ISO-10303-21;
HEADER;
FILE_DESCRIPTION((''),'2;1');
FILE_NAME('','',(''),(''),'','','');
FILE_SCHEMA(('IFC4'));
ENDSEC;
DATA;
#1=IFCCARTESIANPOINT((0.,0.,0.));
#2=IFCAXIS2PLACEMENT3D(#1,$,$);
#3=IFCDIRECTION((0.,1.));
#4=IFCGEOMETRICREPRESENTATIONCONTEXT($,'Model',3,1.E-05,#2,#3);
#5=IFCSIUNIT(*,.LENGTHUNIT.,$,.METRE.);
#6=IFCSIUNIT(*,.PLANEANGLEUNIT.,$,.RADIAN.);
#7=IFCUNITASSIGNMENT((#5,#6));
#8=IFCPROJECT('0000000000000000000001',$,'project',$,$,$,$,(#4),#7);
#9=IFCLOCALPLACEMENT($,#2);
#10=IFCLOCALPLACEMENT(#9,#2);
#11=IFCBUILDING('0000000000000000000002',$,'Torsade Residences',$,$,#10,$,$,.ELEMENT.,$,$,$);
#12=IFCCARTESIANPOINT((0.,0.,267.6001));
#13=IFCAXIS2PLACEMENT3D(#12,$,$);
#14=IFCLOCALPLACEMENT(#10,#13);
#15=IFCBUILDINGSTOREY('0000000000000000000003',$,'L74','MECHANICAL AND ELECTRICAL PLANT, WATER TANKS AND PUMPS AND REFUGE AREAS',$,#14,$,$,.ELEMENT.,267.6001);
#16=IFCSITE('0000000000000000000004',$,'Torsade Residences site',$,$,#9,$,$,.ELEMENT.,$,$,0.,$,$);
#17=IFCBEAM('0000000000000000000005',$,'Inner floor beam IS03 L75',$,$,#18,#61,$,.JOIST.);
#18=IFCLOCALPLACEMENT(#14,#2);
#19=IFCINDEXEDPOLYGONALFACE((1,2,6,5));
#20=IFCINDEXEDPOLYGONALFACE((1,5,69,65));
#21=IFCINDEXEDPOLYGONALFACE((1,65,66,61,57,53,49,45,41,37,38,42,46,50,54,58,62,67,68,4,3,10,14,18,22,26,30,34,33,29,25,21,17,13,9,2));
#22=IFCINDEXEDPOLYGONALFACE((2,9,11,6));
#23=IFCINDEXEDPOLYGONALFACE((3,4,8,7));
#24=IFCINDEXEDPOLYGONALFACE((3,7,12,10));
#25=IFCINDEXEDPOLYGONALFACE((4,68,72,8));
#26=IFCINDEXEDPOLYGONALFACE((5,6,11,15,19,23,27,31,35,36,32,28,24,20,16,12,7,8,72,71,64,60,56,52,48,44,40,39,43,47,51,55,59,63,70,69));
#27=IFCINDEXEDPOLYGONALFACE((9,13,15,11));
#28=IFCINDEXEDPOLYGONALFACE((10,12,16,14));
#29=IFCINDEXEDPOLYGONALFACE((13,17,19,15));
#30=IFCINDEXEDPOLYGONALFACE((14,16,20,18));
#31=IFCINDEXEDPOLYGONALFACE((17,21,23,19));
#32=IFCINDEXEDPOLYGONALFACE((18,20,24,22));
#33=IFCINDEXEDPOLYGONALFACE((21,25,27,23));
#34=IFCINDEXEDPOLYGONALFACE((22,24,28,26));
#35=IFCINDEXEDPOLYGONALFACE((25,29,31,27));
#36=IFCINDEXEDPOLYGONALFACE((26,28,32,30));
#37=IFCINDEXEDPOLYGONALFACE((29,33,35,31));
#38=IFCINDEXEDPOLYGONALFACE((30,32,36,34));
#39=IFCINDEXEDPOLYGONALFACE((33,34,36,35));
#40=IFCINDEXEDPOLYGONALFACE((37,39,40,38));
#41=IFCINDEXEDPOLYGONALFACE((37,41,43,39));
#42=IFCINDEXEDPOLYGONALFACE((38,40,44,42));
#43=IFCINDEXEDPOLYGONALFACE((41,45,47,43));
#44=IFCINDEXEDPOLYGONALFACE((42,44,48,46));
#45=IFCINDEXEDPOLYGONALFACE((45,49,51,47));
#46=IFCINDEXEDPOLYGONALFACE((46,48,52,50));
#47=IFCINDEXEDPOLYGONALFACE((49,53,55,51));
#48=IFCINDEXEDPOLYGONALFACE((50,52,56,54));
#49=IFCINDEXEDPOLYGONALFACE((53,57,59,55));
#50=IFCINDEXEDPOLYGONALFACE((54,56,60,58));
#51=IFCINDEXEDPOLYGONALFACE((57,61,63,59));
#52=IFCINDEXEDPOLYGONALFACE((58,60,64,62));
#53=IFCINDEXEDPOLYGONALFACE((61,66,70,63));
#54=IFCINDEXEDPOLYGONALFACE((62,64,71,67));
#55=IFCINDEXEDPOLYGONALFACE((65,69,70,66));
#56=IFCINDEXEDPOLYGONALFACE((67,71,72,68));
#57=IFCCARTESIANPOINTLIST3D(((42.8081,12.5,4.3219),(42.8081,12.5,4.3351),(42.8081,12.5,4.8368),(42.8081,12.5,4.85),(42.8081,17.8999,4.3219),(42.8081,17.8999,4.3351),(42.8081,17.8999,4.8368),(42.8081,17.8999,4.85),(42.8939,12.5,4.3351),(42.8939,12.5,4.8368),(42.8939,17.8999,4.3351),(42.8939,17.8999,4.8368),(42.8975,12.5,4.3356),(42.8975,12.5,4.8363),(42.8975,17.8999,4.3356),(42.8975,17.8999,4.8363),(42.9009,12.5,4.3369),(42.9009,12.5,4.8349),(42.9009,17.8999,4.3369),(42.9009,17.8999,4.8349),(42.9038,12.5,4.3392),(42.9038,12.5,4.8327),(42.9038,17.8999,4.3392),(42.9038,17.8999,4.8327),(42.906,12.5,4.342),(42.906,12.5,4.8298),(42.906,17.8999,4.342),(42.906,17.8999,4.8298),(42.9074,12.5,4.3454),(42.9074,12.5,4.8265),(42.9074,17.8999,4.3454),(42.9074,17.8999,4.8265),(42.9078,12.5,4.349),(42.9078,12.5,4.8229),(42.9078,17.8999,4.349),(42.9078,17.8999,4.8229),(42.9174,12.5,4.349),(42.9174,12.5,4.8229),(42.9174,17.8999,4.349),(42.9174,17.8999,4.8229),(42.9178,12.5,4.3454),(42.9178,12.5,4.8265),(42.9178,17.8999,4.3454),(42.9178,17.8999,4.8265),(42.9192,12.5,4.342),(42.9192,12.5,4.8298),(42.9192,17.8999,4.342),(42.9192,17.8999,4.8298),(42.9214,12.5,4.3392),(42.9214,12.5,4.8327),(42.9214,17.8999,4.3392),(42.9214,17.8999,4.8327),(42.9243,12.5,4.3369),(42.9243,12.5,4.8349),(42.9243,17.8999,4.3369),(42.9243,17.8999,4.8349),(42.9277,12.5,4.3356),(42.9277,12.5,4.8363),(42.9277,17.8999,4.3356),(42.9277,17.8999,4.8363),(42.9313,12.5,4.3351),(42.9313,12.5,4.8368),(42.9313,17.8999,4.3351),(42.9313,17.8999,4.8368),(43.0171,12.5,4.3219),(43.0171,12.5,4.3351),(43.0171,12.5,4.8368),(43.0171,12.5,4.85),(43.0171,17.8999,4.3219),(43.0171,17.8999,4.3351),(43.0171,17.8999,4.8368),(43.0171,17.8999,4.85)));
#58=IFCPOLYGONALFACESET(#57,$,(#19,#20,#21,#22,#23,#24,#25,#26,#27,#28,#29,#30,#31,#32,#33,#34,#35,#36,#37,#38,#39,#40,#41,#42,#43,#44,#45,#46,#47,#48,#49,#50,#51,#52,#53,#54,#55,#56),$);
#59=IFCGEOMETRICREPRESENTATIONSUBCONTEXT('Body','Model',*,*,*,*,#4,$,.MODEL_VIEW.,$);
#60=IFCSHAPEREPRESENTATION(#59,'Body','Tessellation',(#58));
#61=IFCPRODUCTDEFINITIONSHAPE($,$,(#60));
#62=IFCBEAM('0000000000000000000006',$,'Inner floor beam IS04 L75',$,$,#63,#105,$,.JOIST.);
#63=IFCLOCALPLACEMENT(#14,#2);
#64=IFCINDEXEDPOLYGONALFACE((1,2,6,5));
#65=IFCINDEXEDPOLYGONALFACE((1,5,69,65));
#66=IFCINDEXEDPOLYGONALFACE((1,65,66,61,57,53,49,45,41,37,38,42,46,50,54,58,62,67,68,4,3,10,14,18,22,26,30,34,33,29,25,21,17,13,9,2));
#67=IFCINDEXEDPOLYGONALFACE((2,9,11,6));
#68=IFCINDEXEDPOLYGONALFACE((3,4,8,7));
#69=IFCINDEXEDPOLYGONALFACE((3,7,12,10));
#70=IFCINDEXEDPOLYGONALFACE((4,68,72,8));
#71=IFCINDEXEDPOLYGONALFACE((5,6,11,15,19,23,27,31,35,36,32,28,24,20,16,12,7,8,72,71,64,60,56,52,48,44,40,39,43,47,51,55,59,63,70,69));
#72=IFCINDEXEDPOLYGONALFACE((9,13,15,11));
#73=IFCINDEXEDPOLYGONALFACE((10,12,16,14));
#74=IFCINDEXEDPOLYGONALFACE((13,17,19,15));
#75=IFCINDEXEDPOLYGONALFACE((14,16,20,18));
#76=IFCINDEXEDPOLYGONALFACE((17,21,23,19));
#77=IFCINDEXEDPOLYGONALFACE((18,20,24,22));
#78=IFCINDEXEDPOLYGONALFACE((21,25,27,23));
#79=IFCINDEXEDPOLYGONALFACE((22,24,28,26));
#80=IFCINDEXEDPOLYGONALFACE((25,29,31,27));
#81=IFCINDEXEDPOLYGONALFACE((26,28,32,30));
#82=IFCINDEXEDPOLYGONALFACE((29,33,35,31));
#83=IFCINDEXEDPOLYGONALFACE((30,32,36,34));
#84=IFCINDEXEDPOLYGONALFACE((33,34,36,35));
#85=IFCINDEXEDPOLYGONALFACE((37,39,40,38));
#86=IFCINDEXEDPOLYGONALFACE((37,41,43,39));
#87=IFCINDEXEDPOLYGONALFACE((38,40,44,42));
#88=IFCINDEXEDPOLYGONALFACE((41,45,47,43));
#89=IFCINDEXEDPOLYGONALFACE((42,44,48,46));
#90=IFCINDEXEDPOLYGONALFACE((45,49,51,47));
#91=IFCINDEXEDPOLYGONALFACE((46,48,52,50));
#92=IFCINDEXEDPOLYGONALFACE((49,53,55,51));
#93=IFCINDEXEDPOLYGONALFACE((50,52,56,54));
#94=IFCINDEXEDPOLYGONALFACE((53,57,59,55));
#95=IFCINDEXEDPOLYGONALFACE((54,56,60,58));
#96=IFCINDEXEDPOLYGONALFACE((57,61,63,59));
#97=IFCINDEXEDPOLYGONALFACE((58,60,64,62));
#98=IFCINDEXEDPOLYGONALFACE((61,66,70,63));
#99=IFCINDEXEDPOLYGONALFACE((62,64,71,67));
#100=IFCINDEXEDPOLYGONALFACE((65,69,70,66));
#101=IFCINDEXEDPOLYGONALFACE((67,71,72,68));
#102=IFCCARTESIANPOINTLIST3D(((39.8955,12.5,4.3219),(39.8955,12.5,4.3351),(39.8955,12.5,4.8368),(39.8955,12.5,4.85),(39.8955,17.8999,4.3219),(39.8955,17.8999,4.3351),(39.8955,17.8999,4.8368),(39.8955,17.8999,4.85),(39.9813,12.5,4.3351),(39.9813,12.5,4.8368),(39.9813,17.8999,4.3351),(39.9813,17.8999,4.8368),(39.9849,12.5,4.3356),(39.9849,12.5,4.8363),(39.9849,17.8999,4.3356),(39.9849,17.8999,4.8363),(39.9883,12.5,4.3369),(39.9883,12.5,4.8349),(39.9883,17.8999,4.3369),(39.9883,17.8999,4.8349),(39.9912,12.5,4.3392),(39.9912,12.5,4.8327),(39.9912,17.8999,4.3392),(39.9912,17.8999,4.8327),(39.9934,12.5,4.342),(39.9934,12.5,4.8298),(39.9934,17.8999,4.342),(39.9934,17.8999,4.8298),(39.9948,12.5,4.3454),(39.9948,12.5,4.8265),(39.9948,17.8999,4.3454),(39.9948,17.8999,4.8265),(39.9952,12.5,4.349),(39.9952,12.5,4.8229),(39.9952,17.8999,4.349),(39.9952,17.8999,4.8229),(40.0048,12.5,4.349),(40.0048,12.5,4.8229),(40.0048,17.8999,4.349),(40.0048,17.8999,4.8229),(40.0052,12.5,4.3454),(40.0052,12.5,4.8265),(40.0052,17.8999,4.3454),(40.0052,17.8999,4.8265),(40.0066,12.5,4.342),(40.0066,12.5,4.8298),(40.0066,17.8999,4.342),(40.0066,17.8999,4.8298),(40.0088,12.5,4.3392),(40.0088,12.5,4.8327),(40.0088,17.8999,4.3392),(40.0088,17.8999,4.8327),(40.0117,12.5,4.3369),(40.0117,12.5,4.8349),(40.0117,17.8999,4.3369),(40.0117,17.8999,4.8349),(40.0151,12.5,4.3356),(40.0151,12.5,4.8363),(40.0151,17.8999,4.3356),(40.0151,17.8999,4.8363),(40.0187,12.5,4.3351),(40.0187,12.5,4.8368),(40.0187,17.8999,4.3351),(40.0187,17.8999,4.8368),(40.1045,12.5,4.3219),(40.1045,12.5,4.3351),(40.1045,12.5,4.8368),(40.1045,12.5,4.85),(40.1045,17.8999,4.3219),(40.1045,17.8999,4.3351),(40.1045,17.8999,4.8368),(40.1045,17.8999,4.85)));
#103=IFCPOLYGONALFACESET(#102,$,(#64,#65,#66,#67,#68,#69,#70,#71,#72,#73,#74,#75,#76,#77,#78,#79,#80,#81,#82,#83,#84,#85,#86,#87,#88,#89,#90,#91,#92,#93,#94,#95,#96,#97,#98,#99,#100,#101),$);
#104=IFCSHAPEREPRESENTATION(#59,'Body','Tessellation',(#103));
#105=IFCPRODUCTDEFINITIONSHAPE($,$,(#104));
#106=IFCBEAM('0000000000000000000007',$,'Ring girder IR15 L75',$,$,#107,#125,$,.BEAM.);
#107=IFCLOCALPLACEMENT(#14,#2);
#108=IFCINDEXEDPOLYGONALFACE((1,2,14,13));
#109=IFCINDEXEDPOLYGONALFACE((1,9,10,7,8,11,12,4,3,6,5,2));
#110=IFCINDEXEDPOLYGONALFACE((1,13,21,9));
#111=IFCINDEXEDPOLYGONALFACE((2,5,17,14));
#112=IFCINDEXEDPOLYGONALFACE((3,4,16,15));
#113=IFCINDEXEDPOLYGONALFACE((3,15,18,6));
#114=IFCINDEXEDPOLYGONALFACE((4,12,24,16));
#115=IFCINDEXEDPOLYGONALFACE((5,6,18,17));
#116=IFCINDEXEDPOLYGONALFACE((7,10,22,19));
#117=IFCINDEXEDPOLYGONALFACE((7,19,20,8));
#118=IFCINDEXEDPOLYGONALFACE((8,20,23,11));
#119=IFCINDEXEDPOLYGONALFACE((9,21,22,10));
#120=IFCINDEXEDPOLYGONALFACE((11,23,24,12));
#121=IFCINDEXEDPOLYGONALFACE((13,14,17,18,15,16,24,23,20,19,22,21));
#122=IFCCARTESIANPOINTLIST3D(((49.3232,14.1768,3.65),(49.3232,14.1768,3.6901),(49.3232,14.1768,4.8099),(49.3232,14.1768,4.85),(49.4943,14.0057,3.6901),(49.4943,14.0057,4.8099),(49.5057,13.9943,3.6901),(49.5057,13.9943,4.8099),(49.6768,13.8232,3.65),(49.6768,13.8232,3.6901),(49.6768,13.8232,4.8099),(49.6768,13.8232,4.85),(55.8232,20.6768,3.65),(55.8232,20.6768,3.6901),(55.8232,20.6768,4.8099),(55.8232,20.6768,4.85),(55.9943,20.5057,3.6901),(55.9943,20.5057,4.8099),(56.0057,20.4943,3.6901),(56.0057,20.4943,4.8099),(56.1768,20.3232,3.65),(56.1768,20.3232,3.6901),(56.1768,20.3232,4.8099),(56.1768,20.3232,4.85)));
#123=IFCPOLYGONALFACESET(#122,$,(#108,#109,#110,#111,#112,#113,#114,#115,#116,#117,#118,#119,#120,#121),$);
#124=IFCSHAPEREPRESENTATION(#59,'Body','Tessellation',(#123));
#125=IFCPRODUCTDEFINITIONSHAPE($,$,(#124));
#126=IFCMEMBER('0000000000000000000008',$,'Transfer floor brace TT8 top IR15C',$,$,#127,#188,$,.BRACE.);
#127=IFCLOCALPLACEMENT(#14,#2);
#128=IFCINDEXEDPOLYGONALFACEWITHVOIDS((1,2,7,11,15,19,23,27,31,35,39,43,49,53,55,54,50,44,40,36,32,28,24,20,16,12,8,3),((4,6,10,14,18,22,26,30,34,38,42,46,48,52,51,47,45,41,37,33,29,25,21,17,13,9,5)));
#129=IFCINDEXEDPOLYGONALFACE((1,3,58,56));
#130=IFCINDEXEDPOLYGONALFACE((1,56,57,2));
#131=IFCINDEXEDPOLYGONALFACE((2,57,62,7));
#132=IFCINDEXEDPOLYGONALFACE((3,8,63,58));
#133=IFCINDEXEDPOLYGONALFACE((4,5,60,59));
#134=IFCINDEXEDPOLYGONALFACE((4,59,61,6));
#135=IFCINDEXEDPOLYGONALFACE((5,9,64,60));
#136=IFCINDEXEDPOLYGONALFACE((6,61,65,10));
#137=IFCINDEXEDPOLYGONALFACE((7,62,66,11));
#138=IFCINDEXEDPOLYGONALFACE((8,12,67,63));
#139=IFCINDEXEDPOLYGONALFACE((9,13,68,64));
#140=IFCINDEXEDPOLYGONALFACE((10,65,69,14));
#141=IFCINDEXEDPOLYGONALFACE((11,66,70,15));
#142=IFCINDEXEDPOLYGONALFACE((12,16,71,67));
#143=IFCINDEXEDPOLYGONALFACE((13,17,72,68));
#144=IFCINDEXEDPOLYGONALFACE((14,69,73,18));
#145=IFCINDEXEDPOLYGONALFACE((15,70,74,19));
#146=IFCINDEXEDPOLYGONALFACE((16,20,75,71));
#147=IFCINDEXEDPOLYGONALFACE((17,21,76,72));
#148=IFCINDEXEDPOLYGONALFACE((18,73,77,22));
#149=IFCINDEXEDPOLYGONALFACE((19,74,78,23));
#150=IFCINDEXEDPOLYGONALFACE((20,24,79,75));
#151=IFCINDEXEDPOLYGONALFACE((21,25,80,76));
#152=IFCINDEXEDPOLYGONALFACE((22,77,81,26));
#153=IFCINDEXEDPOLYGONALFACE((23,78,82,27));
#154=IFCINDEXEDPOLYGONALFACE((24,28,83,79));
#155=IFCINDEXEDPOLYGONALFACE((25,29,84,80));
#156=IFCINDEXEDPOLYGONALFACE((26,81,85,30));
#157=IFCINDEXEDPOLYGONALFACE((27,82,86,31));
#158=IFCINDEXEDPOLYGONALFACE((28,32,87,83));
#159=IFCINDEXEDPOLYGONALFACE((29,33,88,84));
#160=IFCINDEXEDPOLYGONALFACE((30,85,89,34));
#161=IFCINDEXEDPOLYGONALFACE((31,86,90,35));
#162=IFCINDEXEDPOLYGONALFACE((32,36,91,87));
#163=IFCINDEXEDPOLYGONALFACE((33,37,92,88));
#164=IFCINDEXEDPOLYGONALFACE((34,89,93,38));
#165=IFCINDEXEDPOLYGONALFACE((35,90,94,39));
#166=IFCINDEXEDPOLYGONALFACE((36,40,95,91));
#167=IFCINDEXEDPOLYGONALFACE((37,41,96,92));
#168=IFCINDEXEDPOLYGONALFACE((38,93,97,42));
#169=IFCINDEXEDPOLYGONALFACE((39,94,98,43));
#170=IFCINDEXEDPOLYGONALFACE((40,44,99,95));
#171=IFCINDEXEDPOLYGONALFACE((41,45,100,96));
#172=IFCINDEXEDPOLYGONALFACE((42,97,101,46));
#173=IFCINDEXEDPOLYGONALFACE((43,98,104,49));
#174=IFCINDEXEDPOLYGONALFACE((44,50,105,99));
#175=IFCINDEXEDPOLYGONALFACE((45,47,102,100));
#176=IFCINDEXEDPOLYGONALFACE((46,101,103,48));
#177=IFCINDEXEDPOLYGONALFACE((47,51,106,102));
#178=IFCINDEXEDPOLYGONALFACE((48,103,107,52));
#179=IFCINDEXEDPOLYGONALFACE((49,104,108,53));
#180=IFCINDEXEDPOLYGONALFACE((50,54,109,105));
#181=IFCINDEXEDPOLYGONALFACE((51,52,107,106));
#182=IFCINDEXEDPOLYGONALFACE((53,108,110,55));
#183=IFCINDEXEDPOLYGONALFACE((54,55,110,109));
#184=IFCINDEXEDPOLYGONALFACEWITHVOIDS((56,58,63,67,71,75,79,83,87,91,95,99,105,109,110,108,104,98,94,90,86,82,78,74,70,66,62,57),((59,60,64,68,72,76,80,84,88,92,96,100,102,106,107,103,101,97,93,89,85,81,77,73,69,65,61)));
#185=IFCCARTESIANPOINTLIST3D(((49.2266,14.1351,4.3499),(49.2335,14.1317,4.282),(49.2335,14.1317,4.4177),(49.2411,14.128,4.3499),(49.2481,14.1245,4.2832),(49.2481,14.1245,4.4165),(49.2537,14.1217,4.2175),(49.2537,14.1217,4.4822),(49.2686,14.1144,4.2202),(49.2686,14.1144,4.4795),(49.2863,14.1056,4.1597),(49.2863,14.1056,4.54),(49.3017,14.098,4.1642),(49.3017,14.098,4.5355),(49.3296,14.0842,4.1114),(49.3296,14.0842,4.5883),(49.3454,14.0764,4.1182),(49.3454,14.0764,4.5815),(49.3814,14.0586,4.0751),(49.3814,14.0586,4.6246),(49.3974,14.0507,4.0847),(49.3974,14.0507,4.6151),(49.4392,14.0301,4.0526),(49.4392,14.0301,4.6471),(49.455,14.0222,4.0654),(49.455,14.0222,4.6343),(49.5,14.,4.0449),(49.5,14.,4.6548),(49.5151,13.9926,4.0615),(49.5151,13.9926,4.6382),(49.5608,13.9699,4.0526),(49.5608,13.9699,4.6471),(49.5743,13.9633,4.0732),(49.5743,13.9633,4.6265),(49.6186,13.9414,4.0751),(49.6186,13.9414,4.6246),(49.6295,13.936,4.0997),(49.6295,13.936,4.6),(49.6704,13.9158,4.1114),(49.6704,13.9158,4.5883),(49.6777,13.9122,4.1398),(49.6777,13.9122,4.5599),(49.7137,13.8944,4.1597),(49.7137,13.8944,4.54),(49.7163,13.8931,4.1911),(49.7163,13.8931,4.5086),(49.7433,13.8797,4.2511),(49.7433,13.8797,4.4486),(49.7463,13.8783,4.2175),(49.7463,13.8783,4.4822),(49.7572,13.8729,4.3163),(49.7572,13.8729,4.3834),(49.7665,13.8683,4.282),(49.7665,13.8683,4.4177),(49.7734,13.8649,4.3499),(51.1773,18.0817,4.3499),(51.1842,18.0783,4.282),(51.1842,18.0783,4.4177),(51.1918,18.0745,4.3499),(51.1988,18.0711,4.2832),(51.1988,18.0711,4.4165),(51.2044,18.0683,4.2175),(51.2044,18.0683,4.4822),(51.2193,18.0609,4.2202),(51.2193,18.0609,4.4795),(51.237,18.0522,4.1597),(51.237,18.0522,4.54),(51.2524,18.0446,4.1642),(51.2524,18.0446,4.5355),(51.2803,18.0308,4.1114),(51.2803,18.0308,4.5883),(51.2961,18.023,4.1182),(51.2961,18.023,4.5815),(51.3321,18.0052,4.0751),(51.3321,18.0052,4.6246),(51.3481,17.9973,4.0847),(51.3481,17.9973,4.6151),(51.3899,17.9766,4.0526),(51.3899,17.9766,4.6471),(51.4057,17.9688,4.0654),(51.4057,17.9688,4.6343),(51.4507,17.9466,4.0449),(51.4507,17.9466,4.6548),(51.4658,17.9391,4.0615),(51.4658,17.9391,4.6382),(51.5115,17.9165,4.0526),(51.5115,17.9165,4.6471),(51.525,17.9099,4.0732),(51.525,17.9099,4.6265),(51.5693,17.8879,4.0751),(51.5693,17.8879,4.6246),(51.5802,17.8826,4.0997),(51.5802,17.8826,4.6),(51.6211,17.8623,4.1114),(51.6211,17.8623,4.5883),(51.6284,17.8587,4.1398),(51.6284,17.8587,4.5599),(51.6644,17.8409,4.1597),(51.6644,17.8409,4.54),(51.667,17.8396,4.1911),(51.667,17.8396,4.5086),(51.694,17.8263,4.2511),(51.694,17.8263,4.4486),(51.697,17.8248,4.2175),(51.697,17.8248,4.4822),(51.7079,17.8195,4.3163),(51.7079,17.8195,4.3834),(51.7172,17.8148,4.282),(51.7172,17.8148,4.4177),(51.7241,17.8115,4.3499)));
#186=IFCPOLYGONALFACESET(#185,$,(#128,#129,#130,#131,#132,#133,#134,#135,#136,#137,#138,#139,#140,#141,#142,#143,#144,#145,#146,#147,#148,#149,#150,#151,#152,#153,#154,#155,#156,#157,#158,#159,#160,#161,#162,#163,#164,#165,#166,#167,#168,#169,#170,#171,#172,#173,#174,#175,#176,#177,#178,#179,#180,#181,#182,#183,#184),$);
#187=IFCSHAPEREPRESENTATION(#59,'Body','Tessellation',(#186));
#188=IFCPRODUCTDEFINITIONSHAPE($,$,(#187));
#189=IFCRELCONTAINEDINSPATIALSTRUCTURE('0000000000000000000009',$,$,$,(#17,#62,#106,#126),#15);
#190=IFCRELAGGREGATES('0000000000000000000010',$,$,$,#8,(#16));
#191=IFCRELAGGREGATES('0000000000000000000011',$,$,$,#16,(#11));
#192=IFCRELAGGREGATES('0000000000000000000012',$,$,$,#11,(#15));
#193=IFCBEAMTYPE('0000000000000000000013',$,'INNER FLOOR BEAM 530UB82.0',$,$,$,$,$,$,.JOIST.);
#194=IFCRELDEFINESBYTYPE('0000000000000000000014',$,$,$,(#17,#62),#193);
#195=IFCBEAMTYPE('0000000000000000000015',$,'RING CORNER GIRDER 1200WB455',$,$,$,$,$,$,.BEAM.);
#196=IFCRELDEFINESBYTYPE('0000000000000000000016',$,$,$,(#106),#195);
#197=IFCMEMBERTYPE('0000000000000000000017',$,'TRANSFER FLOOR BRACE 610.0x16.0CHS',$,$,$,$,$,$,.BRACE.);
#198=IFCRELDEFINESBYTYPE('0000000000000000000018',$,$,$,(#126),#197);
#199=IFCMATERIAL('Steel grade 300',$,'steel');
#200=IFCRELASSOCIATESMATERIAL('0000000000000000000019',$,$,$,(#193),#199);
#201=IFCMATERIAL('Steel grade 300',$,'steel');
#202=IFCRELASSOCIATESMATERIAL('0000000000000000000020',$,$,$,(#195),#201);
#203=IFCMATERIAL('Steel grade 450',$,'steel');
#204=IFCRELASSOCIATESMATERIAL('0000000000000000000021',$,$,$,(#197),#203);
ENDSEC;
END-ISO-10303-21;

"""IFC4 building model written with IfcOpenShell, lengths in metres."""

from ifc_helpers import new_model, si_unit, direction, frame, origin, origin_2d, place, context, subcontext, project, spatial, hollow_circle, i_section, extrude, material, material_profile, profile_set, type_object, element, save


model = new_model("IFC4")

# Units and contexts
model_context = context("Model", 3, precision=1e-05, world=origin(), true_north=direction((0.0, 1.0)))
body_context = subcontext(model_context, "Body", "Model", "MODEL_VIEW")
ifc_project = project(units=[si_unit("LENGTHUNIT", "METRE"), si_unit("PLANEANGLEUNIT", "RADIAN")], contexts=[model_context])

# Site, building, storey
site_placement = place(None, origin())
site = spatial("IfcSite", under=ifc_project, at=site_placement, Name="Torsade Residences site", CompositionType="ELEMENT", RefElevation=0.0)
building_placement = place(site_placement, origin())
building = spatial("IfcBuilding", under=site, at=building_placement, Name="Torsade Residences", CompositionType="ELEMENT")
storey_placement = place(building_placement, frame((0.0, 0.0, 267.6001)))
storey = spatial("IfcBuildingStorey", under=building, at=storey_placement, Name="L74", Description="MECHANICAL AND ELECTRICAL PLANT, WATER TANKS AND PUMPS AND REFUGE AREAS", CompositionType="ELEMENT", Elevation=267.6001)

# Beams
ifc_material_1 = material(Name="Steel grade 300", Category="steel")
ifc_material_profile_1 = material_profile(ifc_material_1, i_section(OverallWidth=0.209, OverallDepth=0.5281, WebThickness=0.0095, FlangeThickness=0.0132, FilletRadius=0.0139, at=origin_2d()), Name="530UB82.0")
ifc_profile_set_1 = profile_set([ifc_material_profile_1], Name="Steel grade 300")
beam_type_1 = type_object("IfcBeamType", Name="INNER FLOOR BEAM 530UB82.0", PredefinedType="JOIST", material=ifc_profile_set_1)
for number, where, z_axis, x_axis, name in (
    (1, (42.9126, 17.8999, 4.5859), (0.0, -1.0, 0.0), (1.0, 0.0, 0.0), "Inner floor beam IS03 L75"),
    (2, (40.0, 17.8999, 4.5859), (0.0, -1.0, 0.0), (1.0, 0.0, 0.0), "Inner floor beam IS04 L75"),
):
    element("IfcBeam", number, at=place(storey_placement, frame(where, z_axis=z_axis, x_axis=x_axis)), inside=storey, type_object=beam_type_1, Name=name, PredefinedType="JOIST", context=body_context, shape_type="SweptSolid", body=[
        extrude(i_section(OverallWidth=0.209, OverallDepth=0.5281, WebThickness=0.0095, FlangeThickness=0.0132, FilletRadius=0.0139, at=origin_2d()), origin(), (0.0, 0.0, 1.0), 5.3999),
    ])
ifc_material_2 = material(Name="Steel grade 300", Category="steel")
ifc_material_profile_2 = material_profile(ifc_material_2, i_section(OverallWidth=0.5, OverallDepth=1.2, WebThickness=0.0161, FlangeThickness=0.04, at=origin_2d()), Name="1200WB455")
ifc_profile_set_2 = profile_set([ifc_material_profile_2], Name="Steel grade 300")
beam_type_2 = type_object("IfcBeamType", Name="RING CORNER GIRDER 1200WB455", PredefinedType="BEAM", material=ifc_profile_set_2)
beam_1_placement = place(storey_placement, frame((49.5, 14.0, 4.25), z_axis=(0.707107, 0.707107, 0.0), x_axis=(-0.707107, 0.707107, 0.0)))
element("IfcBeam", 3, at=beam_1_placement, inside=storey, type_object=beam_type_2, Name="Ring girder IR15 L75", PredefinedType="BEAM", context=body_context, shape_type="SweptSolid", body=[
    extrude(i_section(OverallWidth=0.5, OverallDepth=1.2, WebThickness=0.0161, FlangeThickness=0.04, at=origin_2d()), origin(), (0.0, 0.0, 1.0), 9.1924),
])

# Member
ifc_material_3 = material(Name="Steel grade 450", Category="steel")
ifc_material_profile_3 = material_profile(ifc_material_3, hollow_circle(Radius=0.3049, WallThickness=0.0161, at=origin_2d()), Name="610.0x16.0CHS")
ifc_profile_set_3 = profile_set([ifc_material_profile_3], Name="Steel grade 450")
member_type_1 = type_object("IfcMemberType", Name="TRANSFER FLOOR BRACE 610.0x16.0CHS", PredefinedType="BRACE", material=ifc_profile_set_3)
member_1_placement = place(storey_placement, frame((49.5, 14.0, 4.3499), z_axis=(0.443105, 0.89647, 0.0), x_axis=(-0.89647, 0.443105, 0.0)))
element("IfcMember", 4, at=member_1_placement, inside=storey, type_object=member_type_1, Name="Transfer floor brace TT8 top IR15C", PredefinedType="BRACE", context=body_context, shape_type="SweptSolid", body=[
    extrude(hollow_circle(Radius=0.3049, WallThickness=0.0161, at=origin_2d()), origin(), (0.0, 0.0, 1.0), 4.4023),
])

save(model, "model.ifc")
